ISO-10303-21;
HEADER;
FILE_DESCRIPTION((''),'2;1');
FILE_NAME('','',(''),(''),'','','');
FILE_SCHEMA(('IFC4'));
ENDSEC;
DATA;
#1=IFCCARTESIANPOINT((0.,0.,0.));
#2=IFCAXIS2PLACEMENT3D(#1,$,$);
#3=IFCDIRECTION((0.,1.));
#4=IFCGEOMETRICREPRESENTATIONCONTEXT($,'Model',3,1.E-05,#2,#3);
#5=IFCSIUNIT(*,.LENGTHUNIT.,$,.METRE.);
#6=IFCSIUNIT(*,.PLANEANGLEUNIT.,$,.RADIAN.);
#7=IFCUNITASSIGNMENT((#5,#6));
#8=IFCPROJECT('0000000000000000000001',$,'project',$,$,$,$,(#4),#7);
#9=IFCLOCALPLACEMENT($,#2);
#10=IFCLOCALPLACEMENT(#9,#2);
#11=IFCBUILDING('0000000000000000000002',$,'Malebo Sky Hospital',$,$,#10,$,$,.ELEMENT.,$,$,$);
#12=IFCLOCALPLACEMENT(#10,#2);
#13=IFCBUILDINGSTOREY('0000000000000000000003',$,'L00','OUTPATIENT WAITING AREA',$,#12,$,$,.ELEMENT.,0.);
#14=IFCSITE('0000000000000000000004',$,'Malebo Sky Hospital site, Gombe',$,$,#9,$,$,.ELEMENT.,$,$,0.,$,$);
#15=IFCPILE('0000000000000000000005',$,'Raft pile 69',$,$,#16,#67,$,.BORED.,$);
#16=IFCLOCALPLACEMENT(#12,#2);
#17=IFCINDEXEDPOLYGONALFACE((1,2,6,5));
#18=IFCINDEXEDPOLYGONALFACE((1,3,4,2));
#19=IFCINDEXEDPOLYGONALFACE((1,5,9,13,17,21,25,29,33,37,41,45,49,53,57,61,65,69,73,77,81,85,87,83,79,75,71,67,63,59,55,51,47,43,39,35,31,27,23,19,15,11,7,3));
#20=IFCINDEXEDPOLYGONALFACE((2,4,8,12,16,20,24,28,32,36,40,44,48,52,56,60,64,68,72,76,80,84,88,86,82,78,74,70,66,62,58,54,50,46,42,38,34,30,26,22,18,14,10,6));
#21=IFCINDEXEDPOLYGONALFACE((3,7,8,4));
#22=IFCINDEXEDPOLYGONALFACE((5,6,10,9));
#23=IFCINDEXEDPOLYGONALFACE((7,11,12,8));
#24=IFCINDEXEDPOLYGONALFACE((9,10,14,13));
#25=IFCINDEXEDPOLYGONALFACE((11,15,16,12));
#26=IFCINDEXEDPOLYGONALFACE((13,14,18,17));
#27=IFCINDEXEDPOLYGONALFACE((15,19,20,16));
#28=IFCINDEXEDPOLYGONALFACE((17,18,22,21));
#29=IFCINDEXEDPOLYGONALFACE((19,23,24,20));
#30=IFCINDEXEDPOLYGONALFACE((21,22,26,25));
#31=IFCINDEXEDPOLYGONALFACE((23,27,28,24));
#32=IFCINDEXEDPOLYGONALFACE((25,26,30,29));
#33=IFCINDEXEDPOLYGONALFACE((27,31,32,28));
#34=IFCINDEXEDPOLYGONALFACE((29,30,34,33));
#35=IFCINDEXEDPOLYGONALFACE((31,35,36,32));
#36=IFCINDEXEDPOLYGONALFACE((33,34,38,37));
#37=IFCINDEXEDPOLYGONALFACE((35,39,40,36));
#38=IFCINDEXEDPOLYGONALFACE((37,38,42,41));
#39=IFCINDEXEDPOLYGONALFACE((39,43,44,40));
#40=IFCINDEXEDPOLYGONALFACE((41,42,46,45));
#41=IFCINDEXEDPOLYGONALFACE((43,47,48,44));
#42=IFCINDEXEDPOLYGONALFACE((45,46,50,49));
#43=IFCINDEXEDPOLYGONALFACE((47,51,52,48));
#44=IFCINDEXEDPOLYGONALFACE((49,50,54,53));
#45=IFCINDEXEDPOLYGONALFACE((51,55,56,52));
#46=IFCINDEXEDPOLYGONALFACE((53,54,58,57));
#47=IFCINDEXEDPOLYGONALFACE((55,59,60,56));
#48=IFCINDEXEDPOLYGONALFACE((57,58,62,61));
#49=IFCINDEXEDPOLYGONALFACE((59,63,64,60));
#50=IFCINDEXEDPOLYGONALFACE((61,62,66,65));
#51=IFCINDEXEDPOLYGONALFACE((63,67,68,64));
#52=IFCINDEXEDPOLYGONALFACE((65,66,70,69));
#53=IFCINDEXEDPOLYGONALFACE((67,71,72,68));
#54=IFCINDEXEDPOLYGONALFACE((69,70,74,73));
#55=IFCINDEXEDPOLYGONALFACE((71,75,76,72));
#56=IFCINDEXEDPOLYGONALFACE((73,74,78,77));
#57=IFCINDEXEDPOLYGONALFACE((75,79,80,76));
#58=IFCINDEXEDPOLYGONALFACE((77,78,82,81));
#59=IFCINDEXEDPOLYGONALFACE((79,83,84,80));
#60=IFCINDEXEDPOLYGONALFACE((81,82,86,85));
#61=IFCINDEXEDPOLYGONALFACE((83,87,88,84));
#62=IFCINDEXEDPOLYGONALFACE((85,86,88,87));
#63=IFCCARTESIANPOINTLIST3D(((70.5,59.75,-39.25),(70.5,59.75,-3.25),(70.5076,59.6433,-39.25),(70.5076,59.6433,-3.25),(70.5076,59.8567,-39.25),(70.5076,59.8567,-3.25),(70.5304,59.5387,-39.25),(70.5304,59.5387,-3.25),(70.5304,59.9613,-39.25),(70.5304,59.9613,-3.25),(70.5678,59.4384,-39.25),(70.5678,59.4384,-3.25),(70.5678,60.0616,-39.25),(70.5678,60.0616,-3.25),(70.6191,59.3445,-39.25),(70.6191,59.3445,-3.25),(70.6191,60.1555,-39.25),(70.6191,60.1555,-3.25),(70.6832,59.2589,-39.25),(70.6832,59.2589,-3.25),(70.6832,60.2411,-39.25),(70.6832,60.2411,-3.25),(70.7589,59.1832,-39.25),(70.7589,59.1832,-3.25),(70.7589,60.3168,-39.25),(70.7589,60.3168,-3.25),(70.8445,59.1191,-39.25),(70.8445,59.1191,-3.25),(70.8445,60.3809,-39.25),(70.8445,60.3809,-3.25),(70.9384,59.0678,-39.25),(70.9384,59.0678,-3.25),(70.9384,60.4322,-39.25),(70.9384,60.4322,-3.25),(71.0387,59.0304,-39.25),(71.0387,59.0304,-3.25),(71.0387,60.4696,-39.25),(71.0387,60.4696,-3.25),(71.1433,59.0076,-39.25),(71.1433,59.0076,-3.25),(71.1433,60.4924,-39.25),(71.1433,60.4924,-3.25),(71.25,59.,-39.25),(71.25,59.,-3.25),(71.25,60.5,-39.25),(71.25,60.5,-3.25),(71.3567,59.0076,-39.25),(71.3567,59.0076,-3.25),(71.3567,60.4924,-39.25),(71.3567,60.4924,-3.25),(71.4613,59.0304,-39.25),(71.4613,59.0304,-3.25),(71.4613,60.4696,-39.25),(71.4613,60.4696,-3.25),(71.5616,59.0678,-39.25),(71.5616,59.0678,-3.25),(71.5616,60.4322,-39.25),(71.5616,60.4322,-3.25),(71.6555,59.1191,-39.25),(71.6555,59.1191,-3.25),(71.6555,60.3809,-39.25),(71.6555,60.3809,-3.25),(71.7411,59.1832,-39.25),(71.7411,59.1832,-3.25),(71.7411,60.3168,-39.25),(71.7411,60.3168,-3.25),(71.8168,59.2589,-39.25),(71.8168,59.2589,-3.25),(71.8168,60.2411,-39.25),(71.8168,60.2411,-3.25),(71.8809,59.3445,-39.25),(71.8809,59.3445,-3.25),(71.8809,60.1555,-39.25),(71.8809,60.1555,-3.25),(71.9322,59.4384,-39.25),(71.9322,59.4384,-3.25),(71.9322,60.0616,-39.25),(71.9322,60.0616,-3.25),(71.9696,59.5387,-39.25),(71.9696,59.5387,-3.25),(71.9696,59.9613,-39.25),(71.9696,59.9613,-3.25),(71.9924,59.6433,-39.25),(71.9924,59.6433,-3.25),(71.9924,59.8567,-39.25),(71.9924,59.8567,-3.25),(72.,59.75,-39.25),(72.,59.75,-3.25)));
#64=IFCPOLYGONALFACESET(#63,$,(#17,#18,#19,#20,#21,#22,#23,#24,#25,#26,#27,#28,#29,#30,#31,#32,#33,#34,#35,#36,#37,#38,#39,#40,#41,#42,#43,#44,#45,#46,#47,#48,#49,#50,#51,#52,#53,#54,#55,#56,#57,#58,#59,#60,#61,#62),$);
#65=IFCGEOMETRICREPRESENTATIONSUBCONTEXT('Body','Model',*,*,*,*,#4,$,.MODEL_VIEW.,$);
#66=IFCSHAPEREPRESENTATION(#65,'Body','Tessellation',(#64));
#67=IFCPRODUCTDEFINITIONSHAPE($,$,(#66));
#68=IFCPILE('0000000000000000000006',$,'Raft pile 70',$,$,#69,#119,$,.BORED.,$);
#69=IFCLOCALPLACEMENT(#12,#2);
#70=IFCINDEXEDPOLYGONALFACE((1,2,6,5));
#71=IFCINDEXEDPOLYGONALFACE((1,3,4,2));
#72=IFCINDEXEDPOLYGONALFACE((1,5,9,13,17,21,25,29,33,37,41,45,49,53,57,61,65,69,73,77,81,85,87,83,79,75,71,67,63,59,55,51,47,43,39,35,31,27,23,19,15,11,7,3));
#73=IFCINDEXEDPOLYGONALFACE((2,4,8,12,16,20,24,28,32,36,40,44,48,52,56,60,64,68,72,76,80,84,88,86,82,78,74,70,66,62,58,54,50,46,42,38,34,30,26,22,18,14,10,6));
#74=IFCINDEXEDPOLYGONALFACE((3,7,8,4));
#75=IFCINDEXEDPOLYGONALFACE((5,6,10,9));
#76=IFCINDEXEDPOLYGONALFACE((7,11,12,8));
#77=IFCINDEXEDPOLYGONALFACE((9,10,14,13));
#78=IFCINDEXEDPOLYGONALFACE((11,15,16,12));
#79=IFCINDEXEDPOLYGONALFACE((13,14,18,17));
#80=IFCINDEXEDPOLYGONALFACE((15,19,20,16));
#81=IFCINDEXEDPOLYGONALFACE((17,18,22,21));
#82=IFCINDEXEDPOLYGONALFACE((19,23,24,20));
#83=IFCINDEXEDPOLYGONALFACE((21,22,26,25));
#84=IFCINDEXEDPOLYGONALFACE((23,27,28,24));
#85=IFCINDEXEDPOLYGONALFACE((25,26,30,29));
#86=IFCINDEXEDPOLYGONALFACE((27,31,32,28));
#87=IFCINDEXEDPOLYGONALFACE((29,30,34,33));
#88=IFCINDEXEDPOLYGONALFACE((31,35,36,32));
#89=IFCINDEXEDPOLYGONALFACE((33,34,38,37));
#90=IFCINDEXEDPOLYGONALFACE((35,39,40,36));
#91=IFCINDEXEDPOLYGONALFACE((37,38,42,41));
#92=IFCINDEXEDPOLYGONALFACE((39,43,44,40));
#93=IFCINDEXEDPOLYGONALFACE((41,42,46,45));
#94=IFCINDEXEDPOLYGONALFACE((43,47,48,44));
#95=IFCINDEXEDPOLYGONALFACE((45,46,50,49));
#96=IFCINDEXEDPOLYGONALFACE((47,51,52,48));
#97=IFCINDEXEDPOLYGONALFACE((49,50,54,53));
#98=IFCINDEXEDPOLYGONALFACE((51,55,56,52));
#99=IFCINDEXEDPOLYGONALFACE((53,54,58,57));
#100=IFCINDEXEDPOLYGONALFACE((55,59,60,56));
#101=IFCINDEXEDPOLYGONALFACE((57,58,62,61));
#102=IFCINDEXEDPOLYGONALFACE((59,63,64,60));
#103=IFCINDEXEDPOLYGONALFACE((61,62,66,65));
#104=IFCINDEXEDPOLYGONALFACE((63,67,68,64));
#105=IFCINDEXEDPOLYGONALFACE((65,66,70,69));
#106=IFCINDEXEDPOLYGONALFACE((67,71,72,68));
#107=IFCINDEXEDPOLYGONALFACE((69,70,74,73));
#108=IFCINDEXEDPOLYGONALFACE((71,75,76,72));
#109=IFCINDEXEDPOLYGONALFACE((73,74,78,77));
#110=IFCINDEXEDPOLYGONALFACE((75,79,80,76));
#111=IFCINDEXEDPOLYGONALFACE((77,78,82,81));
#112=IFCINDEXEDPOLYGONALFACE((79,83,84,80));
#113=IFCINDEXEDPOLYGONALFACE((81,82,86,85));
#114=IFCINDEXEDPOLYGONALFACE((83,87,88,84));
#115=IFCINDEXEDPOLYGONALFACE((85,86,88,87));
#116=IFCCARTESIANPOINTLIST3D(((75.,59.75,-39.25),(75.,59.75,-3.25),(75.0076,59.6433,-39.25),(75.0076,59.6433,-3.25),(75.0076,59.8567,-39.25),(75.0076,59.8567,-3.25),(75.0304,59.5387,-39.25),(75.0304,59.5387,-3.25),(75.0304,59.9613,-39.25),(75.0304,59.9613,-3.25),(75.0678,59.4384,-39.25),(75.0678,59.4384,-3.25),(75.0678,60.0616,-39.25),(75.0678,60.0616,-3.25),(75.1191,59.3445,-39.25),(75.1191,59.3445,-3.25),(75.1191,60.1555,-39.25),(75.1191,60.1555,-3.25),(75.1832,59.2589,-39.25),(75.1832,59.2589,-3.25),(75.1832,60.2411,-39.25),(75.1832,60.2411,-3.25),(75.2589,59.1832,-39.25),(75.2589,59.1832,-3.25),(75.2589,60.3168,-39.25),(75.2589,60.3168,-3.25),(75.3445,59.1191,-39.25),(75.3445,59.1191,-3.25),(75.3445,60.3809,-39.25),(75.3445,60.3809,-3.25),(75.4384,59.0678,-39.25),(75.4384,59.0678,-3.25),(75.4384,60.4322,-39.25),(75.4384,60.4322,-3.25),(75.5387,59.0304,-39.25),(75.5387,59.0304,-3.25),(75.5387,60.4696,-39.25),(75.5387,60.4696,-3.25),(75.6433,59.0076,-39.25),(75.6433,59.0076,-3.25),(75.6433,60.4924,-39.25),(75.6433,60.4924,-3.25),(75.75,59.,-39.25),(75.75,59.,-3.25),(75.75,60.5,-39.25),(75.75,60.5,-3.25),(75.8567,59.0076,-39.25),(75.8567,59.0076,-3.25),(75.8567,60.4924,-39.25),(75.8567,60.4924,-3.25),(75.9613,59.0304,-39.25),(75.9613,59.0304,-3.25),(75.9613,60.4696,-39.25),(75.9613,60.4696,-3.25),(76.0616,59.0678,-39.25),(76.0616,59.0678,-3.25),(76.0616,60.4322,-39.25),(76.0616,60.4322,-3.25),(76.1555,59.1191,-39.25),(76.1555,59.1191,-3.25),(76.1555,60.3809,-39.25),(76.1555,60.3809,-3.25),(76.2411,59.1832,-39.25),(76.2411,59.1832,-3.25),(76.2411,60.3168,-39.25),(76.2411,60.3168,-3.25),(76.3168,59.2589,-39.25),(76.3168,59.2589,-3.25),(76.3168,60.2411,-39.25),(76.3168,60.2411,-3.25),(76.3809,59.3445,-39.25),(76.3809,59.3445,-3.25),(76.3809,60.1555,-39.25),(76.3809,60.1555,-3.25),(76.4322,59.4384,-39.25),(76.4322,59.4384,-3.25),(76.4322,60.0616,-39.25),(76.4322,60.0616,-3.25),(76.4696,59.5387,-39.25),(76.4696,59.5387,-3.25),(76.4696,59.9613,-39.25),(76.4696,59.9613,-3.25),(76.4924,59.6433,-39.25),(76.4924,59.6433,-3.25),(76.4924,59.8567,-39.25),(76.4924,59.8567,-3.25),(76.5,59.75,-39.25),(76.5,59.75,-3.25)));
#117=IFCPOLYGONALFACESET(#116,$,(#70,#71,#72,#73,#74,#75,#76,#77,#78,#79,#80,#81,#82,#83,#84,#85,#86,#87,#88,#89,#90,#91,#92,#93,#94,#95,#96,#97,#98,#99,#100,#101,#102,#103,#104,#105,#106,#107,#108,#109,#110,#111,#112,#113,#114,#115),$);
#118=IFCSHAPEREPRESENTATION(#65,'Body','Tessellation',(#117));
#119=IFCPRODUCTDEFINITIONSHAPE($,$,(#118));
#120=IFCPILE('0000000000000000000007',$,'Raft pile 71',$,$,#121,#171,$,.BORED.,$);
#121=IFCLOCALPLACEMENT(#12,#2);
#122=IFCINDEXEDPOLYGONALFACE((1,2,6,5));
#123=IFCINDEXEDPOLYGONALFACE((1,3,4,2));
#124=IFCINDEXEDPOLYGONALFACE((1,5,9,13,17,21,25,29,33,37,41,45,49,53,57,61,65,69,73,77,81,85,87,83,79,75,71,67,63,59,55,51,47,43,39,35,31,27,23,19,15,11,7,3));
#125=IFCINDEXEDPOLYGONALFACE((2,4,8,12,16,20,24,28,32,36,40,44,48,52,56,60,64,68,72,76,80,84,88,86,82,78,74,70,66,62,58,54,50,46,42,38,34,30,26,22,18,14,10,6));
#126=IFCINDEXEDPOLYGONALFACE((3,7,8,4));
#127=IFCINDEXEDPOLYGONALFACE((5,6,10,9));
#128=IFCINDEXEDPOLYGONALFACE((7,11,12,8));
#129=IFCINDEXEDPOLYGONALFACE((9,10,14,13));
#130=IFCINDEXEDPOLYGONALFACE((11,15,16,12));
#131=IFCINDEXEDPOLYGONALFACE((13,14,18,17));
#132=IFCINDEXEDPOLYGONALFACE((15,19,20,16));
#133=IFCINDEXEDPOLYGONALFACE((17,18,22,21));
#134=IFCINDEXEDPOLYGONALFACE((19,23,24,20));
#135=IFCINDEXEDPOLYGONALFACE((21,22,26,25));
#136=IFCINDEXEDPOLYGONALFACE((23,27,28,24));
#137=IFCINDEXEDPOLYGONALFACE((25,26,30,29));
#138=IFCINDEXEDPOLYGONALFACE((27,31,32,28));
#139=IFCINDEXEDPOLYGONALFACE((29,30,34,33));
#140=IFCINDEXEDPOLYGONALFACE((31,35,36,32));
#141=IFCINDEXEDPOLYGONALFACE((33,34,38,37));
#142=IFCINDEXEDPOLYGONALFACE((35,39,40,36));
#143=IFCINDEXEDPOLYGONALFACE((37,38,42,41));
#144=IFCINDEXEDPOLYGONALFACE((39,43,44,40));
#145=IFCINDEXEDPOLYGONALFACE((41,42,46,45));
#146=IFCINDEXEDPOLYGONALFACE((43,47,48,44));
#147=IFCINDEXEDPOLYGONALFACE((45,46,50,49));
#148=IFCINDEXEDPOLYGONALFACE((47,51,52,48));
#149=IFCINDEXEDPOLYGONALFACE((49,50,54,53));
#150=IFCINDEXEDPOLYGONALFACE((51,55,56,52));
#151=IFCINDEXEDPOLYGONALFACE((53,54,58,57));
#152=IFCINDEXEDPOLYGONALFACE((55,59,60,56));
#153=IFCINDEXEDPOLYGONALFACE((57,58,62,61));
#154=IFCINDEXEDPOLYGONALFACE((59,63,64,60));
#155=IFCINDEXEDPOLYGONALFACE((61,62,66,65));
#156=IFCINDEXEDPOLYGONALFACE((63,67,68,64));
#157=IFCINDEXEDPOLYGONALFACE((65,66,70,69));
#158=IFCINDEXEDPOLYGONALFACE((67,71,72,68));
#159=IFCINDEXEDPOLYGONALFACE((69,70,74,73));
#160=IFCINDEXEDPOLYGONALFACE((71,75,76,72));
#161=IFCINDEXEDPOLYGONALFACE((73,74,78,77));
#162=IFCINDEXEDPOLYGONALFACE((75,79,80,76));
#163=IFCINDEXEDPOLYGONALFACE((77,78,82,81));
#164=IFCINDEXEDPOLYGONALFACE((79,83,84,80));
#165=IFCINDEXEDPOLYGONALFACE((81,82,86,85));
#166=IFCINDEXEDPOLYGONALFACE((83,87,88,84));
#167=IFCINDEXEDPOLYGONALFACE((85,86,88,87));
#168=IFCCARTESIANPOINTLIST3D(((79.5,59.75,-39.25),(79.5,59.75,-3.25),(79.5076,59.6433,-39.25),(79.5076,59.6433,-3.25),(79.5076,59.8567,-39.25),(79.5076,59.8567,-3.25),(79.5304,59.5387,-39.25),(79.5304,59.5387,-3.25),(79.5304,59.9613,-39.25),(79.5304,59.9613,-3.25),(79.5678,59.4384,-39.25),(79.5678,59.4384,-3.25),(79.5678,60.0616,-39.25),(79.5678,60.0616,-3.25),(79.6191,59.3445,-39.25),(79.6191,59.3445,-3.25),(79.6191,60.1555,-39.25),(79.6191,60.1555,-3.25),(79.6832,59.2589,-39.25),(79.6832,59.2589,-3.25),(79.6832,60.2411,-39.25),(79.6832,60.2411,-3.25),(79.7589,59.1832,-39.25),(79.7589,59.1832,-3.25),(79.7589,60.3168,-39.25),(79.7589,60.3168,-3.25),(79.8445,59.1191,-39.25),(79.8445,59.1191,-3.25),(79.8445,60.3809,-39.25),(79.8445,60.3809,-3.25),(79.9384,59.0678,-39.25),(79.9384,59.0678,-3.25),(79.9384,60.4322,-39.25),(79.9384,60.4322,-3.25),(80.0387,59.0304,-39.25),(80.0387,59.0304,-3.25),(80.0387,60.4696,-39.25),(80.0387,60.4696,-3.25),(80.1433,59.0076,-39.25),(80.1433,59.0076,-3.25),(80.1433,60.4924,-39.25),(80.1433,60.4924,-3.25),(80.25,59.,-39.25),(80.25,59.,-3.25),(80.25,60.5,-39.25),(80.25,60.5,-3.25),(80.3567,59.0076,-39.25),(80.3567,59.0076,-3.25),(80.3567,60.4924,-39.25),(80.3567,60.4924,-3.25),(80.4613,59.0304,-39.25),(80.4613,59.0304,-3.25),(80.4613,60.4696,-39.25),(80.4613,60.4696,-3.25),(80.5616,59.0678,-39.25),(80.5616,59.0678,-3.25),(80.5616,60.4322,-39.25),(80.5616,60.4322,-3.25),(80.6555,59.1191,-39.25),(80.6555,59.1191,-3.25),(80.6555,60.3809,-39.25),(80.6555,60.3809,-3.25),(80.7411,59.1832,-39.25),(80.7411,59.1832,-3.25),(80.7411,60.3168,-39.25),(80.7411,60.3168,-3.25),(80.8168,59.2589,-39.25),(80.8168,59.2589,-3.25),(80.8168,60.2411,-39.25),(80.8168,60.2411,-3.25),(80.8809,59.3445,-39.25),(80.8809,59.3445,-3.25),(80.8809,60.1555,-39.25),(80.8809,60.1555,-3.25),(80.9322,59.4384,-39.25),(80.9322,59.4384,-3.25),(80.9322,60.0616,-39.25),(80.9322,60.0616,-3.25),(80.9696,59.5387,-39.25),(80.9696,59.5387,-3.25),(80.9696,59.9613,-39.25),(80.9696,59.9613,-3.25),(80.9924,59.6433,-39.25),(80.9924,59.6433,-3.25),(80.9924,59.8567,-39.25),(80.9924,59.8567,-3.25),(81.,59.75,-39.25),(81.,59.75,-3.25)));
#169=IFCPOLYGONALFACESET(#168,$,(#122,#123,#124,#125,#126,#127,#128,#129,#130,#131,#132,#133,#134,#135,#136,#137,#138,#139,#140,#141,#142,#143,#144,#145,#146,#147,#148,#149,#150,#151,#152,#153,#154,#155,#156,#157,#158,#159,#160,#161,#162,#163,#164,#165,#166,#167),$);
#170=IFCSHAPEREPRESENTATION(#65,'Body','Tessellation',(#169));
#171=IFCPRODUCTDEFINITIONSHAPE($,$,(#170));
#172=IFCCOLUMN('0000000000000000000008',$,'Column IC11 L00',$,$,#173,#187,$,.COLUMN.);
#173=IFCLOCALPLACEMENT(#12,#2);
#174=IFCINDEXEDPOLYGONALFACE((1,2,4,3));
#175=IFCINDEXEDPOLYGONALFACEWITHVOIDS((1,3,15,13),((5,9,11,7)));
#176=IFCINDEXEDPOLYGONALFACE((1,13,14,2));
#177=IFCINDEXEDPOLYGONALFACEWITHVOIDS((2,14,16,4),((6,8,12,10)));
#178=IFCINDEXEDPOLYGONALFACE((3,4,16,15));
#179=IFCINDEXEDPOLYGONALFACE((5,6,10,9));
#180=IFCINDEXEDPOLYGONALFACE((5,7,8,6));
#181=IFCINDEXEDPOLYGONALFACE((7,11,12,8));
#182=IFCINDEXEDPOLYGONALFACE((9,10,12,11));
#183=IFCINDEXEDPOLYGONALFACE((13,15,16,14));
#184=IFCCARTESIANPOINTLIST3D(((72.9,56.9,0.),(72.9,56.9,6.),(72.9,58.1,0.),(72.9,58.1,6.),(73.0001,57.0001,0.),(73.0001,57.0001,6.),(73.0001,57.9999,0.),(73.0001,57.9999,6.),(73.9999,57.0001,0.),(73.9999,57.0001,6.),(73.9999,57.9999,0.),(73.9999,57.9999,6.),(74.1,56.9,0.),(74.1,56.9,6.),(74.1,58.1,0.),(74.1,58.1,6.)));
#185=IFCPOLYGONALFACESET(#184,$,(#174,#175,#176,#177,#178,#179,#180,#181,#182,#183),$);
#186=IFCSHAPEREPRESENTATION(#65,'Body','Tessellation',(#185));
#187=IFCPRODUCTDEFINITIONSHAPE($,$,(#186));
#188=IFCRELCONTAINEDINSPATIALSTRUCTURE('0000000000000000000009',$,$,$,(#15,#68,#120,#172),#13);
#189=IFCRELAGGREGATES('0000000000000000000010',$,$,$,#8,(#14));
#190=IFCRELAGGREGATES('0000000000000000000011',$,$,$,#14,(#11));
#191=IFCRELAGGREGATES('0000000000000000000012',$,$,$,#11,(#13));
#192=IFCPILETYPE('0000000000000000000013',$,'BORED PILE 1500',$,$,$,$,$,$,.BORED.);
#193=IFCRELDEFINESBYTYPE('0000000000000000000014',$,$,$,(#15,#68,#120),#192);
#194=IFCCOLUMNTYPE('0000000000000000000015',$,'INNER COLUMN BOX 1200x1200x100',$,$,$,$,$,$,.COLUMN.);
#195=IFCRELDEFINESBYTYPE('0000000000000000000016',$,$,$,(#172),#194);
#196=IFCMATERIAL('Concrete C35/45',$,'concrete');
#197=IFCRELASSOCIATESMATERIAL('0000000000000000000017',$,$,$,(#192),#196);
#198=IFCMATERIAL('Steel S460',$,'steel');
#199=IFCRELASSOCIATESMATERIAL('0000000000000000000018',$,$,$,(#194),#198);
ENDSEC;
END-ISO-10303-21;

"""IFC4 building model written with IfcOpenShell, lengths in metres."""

from ifc_helpers import new_model, si_unit, direction, frame, origin, origin_2d, place, context, subcontext, project, spatial, hollow_rectangle, circle, extrude, material, material_profile, profile_set, type_object, element, save


model = new_model("IFC4")

# Units and contexts
model_context = context("Model", 3, precision=1e-05, world=origin(), true_north=direction((0.0, 1.0)))
body_context = subcontext(model_context, "Body", "Model", "MODEL_VIEW")
ifc_project = project(units=[si_unit("LENGTHUNIT", "METRE"), si_unit("PLANEANGLEUNIT", "RADIAN")], contexts=[model_context])

# Site, building, storey
site_placement = place(None, origin())
site = spatial("IfcSite", under=ifc_project, at=site_placement, Name="Malebo Sky Hospital site, Gombe", CompositionType="ELEMENT", RefElevation=0.0)
building_placement = place(site_placement, origin())
building = spatial("IfcBuilding", under=site, at=building_placement, Name="Malebo Sky Hospital", CompositionType="ELEMENT")
storey_placement = place(building_placement, origin())
storey = spatial("IfcBuildingStorey", under=building, at=storey_placement, Name="L00", Description="OUTPATIENT WAITING AREA", CompositionType="ELEMENT", Elevation=0.0)

# Piles
ifc_material_1 = material(Name="Concrete C35/45", Category="concrete")
ifc_material_profile_1 = material_profile(ifc_material_1, circle(Radius=0.75, at=origin_2d()), Name="BP 1500")
ifc_profile_set_1 = profile_set([ifc_material_profile_1], Name="Concrete C35/45")
pile_type = type_object("IfcPileType", Name="BORED PILE 1500", PredefinedType="BORED", material=ifc_profile_set_1)
for number, where, z_axis, x_axis, name in (
    (1, (71.25, 59.75, -3.25), (0.0, 0.0, -1.0), (1.0, 0.0, 0.0), "Raft pile 69"),
    (2, (75.75, 59.75, -3.25), (0.0, 0.0, -1.0), (1.0, 0.0, 0.0), "Raft pile 70"),
    (3, (80.25, 59.75, -3.25), (0.0, 0.0, -1.0), (1.0, 0.0, 0.0), "Raft pile 71"),
):
    element("IfcPile", number, at=place(storey_placement, frame(where, z_axis=z_axis, x_axis=x_axis)), inside=storey, type_object=pile_type, Name=name, PredefinedType="BORED", context=body_context, shape_type="SweptSolid", body=[
        extrude(circle(Radius=0.75, at=origin_2d()), origin(), (0.0, 0.0, 1.0), 36.0),
    ])

# Column
ifc_material_2 = material(Name="Steel S460", Category="steel")
ifc_material_profile_2 = material_profile(ifc_material_2, hollow_rectangle(XDim=1.2, YDim=1.2, WallThickness=0.1001, at=origin_2d()), Name="BOX 1200x1200x100")
ifc_profile_set_2 = profile_set([ifc_material_profile_2], Name="Steel S460")
column_type = type_object("IfcColumnType", Name="INNER COLUMN BOX 1200x1200x100", PredefinedType="COLUMN", material=ifc_profile_set_2)
column_placement = place(storey_placement, frame((73.5, 57.5, 0.0), z_axis=(0.0, 0.0, 1.0), x_axis=(1.0, 0.0, 0.0)))
element("IfcColumn", 4, at=column_placement, inside=storey, type_object=column_type, Name="Column IC11 L00", PredefinedType="COLUMN", context=body_context, shape_type="SweptSolid", body=[
    extrude(hollow_rectangle(XDim=1.2, YDim=1.2, WallThickness=0.1001, at=origin_2d()), origin(), (0.0, 0.0, 1.0), 6.0),
])

save(model, "model.ifc")
